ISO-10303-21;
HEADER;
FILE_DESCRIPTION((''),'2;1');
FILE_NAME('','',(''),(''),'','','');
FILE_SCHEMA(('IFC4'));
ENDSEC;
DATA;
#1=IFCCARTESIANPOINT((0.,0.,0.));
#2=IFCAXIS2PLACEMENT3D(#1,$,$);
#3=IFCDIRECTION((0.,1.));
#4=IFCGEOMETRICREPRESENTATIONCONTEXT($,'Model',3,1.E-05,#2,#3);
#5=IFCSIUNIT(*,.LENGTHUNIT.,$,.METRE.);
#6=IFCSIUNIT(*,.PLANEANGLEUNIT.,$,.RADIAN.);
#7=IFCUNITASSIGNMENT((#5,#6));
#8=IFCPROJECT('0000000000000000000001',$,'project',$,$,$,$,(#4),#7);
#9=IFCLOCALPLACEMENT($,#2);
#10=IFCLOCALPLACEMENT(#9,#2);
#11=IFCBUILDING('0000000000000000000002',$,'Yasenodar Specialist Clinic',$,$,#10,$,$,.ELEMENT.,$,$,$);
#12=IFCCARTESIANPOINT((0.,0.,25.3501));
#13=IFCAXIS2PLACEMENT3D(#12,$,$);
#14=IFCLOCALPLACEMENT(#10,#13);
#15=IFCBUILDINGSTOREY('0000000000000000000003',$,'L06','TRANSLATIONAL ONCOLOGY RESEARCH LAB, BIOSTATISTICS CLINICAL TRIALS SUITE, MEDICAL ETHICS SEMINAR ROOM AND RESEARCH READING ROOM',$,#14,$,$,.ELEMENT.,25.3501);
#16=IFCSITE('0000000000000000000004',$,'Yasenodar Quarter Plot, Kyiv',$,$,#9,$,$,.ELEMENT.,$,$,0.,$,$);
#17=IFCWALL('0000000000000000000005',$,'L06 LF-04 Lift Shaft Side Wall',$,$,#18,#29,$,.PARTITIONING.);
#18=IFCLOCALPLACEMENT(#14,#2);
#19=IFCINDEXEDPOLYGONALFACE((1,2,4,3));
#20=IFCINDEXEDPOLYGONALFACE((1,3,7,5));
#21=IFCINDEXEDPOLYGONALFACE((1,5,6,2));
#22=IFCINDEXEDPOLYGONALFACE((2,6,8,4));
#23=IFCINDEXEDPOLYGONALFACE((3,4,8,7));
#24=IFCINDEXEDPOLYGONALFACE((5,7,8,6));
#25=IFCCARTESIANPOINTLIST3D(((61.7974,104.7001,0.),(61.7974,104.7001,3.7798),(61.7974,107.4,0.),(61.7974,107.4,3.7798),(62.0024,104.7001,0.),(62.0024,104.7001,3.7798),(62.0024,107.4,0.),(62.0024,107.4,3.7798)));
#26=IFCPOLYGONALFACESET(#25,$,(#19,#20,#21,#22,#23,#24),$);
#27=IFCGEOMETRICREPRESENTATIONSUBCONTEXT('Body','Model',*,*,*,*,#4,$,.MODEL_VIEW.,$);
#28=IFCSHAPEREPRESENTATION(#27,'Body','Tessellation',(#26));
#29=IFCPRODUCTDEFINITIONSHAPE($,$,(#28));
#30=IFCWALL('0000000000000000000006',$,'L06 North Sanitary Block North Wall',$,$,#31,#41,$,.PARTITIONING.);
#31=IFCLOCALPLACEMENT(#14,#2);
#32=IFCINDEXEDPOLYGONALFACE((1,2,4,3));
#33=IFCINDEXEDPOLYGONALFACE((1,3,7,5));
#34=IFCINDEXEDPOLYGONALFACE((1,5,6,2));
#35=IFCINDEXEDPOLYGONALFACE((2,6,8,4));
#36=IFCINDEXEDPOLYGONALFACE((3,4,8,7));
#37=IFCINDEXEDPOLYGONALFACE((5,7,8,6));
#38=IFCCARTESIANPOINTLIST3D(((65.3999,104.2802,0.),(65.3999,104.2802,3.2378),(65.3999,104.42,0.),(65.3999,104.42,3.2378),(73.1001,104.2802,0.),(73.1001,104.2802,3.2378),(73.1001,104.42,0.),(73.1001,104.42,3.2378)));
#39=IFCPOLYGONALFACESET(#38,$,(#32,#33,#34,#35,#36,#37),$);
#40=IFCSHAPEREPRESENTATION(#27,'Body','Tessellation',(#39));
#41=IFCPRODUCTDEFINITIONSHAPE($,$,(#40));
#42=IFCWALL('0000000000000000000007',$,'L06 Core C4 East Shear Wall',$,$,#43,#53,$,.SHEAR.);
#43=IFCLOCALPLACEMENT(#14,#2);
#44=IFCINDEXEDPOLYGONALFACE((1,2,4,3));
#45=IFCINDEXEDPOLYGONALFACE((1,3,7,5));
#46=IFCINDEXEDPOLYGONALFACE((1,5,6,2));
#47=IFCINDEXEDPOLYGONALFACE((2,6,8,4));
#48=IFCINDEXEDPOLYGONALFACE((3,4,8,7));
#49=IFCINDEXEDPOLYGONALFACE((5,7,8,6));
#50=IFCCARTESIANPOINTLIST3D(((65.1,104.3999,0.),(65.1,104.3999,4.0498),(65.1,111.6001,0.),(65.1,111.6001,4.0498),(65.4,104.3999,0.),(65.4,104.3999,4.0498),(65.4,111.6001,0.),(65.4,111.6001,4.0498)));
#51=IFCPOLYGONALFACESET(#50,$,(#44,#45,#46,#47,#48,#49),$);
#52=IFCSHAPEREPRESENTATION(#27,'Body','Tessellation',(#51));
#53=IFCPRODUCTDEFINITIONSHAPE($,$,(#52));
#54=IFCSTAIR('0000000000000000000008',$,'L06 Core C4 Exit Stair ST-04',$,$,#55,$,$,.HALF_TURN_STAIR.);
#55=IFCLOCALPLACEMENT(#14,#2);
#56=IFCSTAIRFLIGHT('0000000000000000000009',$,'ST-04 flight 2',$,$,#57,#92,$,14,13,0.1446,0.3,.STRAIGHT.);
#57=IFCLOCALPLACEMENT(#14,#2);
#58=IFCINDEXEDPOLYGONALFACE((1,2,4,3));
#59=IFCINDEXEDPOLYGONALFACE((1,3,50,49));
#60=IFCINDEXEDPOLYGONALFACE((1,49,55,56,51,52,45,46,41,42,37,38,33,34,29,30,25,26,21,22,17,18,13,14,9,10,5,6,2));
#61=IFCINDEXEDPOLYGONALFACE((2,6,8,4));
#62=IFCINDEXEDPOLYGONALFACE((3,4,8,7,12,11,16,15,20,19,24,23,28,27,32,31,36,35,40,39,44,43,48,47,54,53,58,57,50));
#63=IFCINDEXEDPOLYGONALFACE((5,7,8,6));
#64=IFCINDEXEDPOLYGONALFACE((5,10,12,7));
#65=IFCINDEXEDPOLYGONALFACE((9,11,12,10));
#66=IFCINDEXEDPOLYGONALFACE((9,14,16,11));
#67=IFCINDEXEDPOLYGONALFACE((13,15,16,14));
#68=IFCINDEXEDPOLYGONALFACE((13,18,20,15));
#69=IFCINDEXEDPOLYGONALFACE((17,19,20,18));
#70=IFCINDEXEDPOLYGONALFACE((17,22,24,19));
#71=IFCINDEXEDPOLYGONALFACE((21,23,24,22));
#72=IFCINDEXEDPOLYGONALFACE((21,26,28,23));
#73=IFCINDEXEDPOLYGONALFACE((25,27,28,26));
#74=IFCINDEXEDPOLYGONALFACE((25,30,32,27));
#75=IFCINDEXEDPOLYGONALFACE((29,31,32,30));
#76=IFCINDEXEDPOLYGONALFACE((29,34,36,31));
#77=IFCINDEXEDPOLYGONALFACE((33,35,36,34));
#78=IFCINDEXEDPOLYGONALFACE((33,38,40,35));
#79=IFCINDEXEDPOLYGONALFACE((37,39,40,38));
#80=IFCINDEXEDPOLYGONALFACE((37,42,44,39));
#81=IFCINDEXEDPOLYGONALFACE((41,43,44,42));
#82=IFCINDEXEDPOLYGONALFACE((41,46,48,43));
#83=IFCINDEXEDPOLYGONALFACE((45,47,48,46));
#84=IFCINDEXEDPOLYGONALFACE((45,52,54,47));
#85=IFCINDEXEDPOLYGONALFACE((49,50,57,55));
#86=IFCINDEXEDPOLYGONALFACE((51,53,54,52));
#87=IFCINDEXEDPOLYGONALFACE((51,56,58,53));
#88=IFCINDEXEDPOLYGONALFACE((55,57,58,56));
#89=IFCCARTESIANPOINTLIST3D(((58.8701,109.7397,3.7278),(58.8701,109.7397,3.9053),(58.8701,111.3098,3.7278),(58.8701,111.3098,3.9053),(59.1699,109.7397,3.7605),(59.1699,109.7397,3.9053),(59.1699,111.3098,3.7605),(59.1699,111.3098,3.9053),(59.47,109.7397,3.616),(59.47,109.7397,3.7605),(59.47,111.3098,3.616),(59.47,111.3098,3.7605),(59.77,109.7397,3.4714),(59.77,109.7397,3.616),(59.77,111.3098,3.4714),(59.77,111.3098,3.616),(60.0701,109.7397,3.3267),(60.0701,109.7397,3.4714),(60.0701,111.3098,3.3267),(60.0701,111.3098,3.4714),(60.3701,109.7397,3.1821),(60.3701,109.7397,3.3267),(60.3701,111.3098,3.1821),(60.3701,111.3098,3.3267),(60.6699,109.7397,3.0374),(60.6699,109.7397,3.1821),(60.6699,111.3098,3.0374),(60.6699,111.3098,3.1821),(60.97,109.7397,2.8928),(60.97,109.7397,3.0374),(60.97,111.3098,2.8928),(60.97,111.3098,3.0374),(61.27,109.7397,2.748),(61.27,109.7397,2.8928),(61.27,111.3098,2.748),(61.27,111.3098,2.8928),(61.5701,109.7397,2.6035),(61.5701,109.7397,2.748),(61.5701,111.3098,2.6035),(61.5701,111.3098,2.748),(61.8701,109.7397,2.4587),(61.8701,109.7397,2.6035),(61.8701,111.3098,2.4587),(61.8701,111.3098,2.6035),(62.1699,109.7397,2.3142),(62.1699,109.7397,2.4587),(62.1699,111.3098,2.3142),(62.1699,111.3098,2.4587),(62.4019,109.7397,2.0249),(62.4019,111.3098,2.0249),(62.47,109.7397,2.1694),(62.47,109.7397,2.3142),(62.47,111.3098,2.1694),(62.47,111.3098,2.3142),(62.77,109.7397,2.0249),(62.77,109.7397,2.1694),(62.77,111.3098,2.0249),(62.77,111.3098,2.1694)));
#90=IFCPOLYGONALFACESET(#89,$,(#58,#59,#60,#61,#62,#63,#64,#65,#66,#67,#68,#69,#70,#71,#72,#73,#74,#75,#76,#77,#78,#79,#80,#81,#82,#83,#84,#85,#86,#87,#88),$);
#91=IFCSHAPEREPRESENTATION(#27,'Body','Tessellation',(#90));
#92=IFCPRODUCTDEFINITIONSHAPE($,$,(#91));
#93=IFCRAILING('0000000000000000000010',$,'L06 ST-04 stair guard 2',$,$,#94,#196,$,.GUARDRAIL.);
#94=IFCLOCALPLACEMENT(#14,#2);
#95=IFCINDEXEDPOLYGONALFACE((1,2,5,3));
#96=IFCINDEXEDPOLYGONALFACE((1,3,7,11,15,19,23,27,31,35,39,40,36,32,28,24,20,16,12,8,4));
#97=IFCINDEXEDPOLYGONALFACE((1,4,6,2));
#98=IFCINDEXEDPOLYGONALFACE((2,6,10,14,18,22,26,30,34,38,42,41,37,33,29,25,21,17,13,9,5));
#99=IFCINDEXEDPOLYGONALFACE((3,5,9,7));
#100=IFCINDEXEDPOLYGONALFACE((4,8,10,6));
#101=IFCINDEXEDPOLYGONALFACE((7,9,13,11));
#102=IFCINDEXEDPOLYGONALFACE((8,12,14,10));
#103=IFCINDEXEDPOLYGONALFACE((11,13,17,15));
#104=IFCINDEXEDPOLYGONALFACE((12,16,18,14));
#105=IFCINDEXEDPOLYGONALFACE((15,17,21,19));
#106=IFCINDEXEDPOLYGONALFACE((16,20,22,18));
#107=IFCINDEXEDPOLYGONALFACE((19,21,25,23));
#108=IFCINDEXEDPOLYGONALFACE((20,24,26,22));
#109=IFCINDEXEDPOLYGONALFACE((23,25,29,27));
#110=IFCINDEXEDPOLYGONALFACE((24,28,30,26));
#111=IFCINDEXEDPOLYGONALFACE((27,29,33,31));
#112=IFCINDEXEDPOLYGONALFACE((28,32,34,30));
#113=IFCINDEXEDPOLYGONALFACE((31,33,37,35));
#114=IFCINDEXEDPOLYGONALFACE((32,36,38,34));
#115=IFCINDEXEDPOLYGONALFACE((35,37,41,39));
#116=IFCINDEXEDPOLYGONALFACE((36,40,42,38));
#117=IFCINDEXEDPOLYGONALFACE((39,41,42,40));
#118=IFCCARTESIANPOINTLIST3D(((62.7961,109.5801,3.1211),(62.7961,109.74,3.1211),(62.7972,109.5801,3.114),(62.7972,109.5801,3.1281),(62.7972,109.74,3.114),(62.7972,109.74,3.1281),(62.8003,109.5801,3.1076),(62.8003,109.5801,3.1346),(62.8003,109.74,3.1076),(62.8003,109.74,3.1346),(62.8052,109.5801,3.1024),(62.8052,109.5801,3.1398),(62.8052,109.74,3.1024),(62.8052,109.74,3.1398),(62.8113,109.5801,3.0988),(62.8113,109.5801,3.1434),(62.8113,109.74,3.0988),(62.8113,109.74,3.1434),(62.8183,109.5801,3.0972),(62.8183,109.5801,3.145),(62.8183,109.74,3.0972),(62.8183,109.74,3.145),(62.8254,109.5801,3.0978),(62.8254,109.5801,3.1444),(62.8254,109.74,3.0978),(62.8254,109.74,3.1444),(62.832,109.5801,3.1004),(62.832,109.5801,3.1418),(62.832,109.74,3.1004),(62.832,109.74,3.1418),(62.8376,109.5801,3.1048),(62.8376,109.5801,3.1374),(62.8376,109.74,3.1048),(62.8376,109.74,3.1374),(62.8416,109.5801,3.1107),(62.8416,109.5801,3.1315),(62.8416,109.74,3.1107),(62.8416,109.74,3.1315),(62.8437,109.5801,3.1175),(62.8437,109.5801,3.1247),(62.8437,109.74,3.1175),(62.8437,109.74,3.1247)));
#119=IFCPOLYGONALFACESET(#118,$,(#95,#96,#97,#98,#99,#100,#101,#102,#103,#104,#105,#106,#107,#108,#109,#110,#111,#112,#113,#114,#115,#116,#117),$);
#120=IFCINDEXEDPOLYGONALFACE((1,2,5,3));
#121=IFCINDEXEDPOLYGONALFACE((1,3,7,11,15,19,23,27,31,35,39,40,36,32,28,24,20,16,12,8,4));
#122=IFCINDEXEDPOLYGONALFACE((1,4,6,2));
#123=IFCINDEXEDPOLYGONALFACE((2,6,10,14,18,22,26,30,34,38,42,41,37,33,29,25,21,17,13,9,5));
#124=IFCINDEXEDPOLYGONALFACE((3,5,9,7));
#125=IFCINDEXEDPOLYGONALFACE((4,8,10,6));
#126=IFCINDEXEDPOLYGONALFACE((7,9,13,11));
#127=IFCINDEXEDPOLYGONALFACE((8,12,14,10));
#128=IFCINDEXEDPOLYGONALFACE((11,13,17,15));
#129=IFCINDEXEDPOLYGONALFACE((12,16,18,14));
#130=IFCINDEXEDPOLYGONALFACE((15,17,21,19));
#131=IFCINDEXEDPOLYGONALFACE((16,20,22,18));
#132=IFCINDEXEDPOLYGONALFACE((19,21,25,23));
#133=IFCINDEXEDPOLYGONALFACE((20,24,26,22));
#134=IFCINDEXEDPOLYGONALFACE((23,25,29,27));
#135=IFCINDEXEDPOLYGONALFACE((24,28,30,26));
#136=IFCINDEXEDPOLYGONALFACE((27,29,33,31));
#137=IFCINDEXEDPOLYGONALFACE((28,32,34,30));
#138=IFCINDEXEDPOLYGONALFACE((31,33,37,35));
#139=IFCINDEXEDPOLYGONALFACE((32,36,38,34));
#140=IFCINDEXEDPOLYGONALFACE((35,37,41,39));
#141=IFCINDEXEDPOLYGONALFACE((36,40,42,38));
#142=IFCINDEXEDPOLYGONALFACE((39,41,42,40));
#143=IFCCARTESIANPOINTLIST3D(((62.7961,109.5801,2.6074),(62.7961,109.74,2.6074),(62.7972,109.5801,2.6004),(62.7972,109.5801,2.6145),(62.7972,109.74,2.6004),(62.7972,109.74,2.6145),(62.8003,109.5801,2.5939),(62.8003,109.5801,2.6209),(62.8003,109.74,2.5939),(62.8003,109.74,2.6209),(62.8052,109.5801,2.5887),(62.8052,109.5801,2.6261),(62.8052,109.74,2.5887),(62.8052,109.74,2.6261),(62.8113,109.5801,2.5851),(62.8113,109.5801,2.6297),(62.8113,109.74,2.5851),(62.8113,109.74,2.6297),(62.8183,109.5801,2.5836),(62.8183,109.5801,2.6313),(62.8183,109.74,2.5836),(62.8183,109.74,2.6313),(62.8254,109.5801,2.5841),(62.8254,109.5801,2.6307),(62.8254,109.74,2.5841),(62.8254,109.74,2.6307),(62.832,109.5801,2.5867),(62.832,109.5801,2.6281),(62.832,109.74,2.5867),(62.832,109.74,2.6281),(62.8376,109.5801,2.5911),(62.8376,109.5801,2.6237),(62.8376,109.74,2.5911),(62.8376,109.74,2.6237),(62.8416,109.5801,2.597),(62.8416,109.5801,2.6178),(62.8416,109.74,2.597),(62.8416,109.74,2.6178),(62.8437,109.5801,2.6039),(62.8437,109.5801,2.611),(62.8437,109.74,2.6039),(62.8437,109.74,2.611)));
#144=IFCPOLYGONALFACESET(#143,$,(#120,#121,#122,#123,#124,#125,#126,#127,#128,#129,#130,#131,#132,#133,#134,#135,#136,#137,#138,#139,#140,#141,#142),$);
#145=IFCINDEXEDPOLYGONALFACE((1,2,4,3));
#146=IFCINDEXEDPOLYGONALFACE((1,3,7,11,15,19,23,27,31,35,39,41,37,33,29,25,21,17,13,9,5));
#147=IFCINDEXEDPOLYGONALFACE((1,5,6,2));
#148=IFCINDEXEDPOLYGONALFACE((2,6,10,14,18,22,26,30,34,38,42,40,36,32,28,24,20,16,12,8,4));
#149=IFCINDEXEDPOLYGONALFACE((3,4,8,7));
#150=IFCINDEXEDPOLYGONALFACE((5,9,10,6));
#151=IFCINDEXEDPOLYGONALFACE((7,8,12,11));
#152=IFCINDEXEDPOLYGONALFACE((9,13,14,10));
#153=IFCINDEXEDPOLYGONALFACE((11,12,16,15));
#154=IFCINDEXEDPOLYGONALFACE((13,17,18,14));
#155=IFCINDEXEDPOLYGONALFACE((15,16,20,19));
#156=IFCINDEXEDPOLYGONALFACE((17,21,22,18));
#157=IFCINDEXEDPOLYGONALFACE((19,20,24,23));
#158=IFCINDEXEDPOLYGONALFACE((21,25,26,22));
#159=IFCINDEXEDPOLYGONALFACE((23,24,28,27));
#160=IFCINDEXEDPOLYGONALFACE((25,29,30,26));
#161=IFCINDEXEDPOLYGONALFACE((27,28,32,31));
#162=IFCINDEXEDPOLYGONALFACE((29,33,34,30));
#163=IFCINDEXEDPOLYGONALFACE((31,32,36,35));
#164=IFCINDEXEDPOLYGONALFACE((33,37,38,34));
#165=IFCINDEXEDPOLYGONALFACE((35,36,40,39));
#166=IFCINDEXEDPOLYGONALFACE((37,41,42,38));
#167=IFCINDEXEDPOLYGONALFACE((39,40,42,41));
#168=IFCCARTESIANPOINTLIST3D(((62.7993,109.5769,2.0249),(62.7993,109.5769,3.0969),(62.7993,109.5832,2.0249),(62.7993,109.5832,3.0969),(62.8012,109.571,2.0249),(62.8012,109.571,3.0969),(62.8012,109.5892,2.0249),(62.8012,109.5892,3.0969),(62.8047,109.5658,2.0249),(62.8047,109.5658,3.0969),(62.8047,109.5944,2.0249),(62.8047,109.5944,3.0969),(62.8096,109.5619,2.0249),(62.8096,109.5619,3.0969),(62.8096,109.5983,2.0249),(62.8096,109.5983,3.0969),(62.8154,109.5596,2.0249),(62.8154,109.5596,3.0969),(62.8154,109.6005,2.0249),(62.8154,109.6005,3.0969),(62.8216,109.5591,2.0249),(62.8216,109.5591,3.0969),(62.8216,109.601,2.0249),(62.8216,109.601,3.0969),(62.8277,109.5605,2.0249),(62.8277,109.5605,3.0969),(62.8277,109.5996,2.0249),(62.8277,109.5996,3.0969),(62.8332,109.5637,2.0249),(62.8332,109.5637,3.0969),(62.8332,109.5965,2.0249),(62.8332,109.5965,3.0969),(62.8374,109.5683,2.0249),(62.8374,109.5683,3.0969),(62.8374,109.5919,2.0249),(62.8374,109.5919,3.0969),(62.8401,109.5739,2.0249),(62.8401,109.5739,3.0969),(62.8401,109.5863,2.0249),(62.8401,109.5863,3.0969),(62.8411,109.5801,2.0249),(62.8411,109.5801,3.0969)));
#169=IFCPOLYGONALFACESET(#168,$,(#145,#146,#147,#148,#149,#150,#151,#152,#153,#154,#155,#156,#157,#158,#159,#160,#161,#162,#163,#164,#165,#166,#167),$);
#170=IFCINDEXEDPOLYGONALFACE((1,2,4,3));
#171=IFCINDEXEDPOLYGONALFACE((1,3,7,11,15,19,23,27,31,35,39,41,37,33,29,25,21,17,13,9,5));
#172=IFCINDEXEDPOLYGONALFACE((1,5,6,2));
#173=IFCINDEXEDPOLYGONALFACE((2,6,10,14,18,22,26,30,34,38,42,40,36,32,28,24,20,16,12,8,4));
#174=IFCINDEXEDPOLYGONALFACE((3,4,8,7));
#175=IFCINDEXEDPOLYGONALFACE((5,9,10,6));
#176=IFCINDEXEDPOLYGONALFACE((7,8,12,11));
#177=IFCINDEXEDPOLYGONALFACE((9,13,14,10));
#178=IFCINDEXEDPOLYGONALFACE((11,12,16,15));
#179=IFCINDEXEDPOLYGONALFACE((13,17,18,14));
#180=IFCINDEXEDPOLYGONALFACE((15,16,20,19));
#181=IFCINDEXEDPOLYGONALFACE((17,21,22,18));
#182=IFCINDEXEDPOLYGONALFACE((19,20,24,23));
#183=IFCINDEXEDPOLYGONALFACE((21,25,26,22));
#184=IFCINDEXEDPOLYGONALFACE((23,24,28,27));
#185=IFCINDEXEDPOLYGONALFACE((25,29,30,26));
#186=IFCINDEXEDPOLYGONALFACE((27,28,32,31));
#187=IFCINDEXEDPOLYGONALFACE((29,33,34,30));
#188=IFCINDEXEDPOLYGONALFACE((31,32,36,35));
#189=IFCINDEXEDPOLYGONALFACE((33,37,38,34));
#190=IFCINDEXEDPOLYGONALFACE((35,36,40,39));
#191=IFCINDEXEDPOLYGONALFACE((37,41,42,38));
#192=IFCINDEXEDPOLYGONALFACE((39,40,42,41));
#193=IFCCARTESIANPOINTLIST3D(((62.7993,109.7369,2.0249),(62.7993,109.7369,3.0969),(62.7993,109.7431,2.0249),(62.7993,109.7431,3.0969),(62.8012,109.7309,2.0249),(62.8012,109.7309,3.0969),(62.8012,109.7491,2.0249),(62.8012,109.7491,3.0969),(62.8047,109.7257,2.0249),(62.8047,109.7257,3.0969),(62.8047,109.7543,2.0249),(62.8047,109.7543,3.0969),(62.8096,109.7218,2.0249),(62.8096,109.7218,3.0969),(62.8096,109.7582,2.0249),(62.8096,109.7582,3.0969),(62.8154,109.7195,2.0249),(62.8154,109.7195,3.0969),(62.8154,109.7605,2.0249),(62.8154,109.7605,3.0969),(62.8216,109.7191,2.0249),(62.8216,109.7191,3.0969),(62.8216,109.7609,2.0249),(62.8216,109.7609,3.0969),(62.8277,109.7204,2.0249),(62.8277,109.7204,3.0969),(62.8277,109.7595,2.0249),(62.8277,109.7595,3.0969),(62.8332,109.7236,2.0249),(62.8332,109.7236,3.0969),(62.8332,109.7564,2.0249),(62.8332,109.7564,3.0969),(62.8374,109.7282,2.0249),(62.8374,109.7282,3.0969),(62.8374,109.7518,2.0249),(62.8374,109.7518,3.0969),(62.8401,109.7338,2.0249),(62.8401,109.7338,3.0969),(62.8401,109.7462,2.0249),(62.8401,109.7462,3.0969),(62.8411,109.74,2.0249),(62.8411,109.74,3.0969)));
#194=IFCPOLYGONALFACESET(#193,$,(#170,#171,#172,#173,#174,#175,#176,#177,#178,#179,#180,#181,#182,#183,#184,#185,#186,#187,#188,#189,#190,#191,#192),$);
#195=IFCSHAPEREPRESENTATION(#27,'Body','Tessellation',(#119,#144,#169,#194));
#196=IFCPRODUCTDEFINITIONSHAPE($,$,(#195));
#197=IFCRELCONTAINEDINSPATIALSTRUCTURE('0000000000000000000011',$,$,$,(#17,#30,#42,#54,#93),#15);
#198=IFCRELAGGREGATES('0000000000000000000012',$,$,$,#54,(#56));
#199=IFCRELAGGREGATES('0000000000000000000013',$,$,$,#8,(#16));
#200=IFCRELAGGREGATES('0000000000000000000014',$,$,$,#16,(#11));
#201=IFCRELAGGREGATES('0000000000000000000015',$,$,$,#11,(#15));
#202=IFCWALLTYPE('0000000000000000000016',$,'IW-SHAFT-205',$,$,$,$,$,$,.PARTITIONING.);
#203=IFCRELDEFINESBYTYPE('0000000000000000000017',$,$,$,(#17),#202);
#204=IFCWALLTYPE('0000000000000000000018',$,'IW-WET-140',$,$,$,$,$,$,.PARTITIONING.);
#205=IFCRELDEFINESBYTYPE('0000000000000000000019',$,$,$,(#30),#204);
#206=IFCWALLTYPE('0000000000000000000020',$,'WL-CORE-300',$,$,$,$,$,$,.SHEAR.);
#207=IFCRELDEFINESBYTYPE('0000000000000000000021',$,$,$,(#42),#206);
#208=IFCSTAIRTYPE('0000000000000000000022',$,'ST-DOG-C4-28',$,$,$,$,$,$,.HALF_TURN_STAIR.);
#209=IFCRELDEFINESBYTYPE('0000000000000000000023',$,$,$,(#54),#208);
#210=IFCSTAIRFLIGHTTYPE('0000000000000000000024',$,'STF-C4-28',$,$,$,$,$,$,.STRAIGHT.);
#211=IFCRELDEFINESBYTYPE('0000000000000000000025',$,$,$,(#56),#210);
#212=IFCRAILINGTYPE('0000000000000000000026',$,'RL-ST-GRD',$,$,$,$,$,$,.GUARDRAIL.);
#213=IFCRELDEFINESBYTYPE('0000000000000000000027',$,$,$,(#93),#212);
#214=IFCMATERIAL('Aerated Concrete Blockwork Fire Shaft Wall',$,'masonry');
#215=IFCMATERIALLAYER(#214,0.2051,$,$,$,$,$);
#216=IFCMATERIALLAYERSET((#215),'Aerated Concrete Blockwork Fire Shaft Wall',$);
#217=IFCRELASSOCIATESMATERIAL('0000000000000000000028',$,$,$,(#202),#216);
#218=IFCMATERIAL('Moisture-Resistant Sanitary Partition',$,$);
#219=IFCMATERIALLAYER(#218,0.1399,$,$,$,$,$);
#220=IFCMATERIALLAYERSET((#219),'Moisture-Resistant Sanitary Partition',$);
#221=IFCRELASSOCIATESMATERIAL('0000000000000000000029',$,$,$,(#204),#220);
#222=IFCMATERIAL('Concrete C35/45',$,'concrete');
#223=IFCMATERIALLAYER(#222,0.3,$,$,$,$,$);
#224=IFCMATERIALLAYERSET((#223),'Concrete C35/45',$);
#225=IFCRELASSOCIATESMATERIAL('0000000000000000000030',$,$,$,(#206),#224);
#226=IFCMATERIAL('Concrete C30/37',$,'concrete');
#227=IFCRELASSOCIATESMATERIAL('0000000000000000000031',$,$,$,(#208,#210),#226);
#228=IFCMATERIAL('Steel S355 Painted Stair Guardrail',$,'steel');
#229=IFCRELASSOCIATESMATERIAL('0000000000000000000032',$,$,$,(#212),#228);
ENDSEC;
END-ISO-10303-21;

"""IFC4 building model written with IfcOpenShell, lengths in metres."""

from ifc_helpers import new_model, si_unit, direction, frame, frame_2d, origin, origin_2d, place, context, subcontext, project, spatial, polyline, rectangle, circle, outline, extrude, material, layer, layer_set, type_object, element, aggregate, save


model = new_model("IFC4")

# Units and contexts
model_context = context("Model", 3, precision=1e-05, world=origin(), true_north=direction((0.0, 1.0)))
body_context = subcontext(model_context, "Body", "Model", "MODEL_VIEW")
ifc_project = project(units=[si_unit("LENGTHUNIT", "METRE"), si_unit("PLANEANGLEUNIT", "RADIAN")], contexts=[model_context])

# Site, building, storey
site_placement = place(None, origin())
site = spatial("IfcSite", under=ifc_project, at=site_placement, Name="Yasenodar Quarter Plot, Kyiv", CompositionType="ELEMENT", RefElevation=0.0)
building_placement = place(site_placement, origin())
building = spatial("IfcBuilding", under=site, at=building_placement, Name="Yasenodar Specialist Clinic", CompositionType="ELEMENT")
storey_placement = place(building_placement, frame((0.0, 0.0, 25.3501)))
storey = spatial("IfcBuildingStorey", under=building, at=storey_placement, Name="L06", Description="TRANSLATIONAL ONCOLOGY RESEARCH LAB, BIOSTATISTICS CLINICAL TRIALS SUITE, MEDICAL ETHICS SEMINAR ROOM AND RESEARCH READING ROOM", CompositionType="ELEMENT", Elevation=25.3501)

# Walls
ifc_material_1 = material(Name="Aerated Concrete Blockwork Fire Shaft Wall", Category="masonry")
ifc_layer_1 = layer(ifc_material_1, 0.2051)
ifc_layer_set_1 = layer_set([ifc_layer_1], Name="Aerated Concrete Blockwork Fire Shaft Wall")
wall_type_1 = type_object("IfcWallType", Name="IW-SHAFT-205", PredefinedType="PARTITIONING", material=ifc_layer_set_1)
for number, where, z_axis, x_axis, name in (
    (1, (61.8999, 104.7, 0.0), (0.0, 0.0, 1.0), (0.0, 1.0, 0.0), "L06 LF-04 Lift Shaft Side Wall"),
):
    element("IfcWall", number, at=place(storey_placement, frame(where, z_axis=z_axis, x_axis=x_axis)), inside=storey, type_object=wall_type_1, Name=name, PredefinedType="PARTITIONING", context=body_context, shape_type="SweptSolid", body=[
        extrude(rectangle(XDim=2.7, YDim=0.2051, at=frame_2d((1.3501, 0.0))), origin(), (0.0, 0.0, 1.0), 3.7798),
    ])
ifc_material_2 = material(Name="Moisture-Resistant Sanitary Partition")
ifc_layer_2 = layer(ifc_material_2, 0.1399)
ifc_layer_set_2 = layer_set([ifc_layer_2], Name="Moisture-Resistant Sanitary Partition")
wall_type_2 = type_object("IfcWallType", Name="IW-WET-140", PredefinedType="PARTITIONING", material=ifc_layer_set_2)
wall_1_placement = place(storey_placement, frame((65.3999, 104.3501, 0.0), z_axis=(0.0, 0.0, 1.0), x_axis=(1.0, 0.0, 0.0)))
element("IfcWall", 2, at=wall_1_placement, inside=storey, type_object=wall_type_2, Name="L06 North Sanitary Block North Wall", PredefinedType="PARTITIONING", context=body_context, shape_type="SweptSolid", body=[
    extrude(rectangle(XDim=7.7002, YDim=0.1399, at=frame_2d((3.8501, 0.0))), origin(), (0.0, 0.0, 1.0), 3.2378),
])
ifc_material_3 = material(Name="Concrete C35/45", Category="concrete")
ifc_layer_3 = layer(ifc_material_3, 0.3)
ifc_layer_set_3 = layer_set([ifc_layer_3], Name="Concrete C35/45")
wall_type_3 = type_object("IfcWallType", Name="WL-CORE-300", PredefinedType="SHEAR", material=ifc_layer_set_3)
wall_2_placement = place(storey_placement, frame((65.25, 104.3999, 0.0), z_axis=(0.0, 0.0, 1.0), x_axis=(0.0, 1.0, 0.0)))
element("IfcWall", 3, at=wall_2_placement, inside=storey, type_object=wall_type_3, Name="L06 Core C4 East Shear Wall", PredefinedType="SHEAR", context=body_context, shape_type="SweptSolid", body=[
    extrude(rectangle(XDim=7.2002, YDim=0.3, at=frame_2d((3.6001, 0.0))), origin(), (0.0, 0.0, 1.0), 4.0498),
])

# Stair, stair flight
ifc_material_4 = material(Name="Concrete C30/37", Category="concrete")
stair_type = type_object("IfcStairType", Name="ST-DOG-C4-28", PredefinedType="HALF_TURN_STAIR", material=ifc_material_4)
stair_placement = place(storey_placement, origin())
stair = element("IfcStair", 4, at=stair_placement, inside=storey, type_object=stair_type, Name="L06 Core C4 Exit Stair ST-04", PredefinedType="HALF_TURN_STAIR")
stair_flight_type = type_object("IfcStairFlightType", Name="STF-C4-28", PredefinedType="STRAIGHT", material=ifc_material_4)
stair_flight_placement = place(storey_placement, frame((62.77, 110.5249, 2.0249), z_axis=(0.0, 0.0, 1.0), x_axis=(-1.0, 0.0, 0.0)))
stair_flight = element("IfcStairFlight", 5, at=stair_flight_placement, type_object=stair_flight_type, Name="ST-04 flight 2", NumberOfRisers=14, NumberOfTreads=13, PredefinedType="STRAIGHT", RiserHeight=0.1446, TreadLength=0.3, context=body_context, shape_type="SweptSolid", body=[
    extrude(outline(polyline([(0.0, 0.0), (0.0, 0.1445), (0.3, 0.1445), (0.3, 0.2893), (0.6001, 0.2893), (0.6001, 0.4338), (0.8999, 0.4338), (0.8999, 0.5786), (1.2, 0.5786), (1.2, 0.7231), (1.5, 0.7231), (1.5, 0.8679), (1.8, 0.8679), (1.8, 1.0125), (2.1001, 1.0125), (2.1001, 1.1572), (2.3999, 1.1572), (2.3999, 1.3018), (2.7, 1.3018), (2.7, 1.4465), (3.0, 1.4465), (3.0, 1.5911), (3.3, 1.5911), (3.3, 1.7356), (3.6001, 1.7356), (3.6001, 1.8804), (3.8999, 1.8804), (3.8999, 2.0249), (3.8999, 1.7029), (0.3682, 0.0), (0.0, 0.0)])), frame((0.0, 0.7852, 0.0), z_axis=(0.0, -1.0, 0.0), x_axis=(1.0, 0.0, 0.0)), (0.0, 0.0, 1.0), 1.5701),
])
aggregate(stair, [stair_flight])

# Railing
ifc_material_5 = material(Name="Steel S355 Painted Stair Guardrail", Category="steel")
railing_type_1 = type_object("IfcRailingType", Name="RL-ST-GRD", PredefinedType="GUARDRAIL", material=ifc_material_5)
railing_1_placement = place(storey_placement, frame((62.8201, 109.5801, 2.0249)))
element("IfcRailing", 6, at=railing_1_placement, inside=storey, type_object=railing_type_1, Name="L06 ST-04 stair guard 2", PredefinedType="GUARDRAIL", context=body_context, shape_type="SweptSolid", body=[
    extrude(circle(Radius=0.0239, at=origin_2d()), frame((0.0, 0.0, 1.0962), z_axis=(0.0, 1.0, 0.0), x_axis=(-1.0, 0.0, 0.0)), (0.0, 0.0, 1.0), 0.1599),
    extrude(circle(Radius=0.0239, at=origin_2d()), frame((0.0, 0.0, 0.5825), z_axis=(0.0, 1.0, 0.0), x_axis=(-1.0, 0.0, 0.0)), (0.0, 0.0, 1.0), 0.1599),
    extrude(circle(Radius=0.021, at=origin_2d()), origin(), (0.0, 0.0, 1.0), 1.072),
    extrude(circle(Radius=0.021, at=origin_2d()), frame((0.0, 0.1599, 0.0)), (0.0, 0.0, 1.0), 1.072),
])

save(model, "model.ifc")
